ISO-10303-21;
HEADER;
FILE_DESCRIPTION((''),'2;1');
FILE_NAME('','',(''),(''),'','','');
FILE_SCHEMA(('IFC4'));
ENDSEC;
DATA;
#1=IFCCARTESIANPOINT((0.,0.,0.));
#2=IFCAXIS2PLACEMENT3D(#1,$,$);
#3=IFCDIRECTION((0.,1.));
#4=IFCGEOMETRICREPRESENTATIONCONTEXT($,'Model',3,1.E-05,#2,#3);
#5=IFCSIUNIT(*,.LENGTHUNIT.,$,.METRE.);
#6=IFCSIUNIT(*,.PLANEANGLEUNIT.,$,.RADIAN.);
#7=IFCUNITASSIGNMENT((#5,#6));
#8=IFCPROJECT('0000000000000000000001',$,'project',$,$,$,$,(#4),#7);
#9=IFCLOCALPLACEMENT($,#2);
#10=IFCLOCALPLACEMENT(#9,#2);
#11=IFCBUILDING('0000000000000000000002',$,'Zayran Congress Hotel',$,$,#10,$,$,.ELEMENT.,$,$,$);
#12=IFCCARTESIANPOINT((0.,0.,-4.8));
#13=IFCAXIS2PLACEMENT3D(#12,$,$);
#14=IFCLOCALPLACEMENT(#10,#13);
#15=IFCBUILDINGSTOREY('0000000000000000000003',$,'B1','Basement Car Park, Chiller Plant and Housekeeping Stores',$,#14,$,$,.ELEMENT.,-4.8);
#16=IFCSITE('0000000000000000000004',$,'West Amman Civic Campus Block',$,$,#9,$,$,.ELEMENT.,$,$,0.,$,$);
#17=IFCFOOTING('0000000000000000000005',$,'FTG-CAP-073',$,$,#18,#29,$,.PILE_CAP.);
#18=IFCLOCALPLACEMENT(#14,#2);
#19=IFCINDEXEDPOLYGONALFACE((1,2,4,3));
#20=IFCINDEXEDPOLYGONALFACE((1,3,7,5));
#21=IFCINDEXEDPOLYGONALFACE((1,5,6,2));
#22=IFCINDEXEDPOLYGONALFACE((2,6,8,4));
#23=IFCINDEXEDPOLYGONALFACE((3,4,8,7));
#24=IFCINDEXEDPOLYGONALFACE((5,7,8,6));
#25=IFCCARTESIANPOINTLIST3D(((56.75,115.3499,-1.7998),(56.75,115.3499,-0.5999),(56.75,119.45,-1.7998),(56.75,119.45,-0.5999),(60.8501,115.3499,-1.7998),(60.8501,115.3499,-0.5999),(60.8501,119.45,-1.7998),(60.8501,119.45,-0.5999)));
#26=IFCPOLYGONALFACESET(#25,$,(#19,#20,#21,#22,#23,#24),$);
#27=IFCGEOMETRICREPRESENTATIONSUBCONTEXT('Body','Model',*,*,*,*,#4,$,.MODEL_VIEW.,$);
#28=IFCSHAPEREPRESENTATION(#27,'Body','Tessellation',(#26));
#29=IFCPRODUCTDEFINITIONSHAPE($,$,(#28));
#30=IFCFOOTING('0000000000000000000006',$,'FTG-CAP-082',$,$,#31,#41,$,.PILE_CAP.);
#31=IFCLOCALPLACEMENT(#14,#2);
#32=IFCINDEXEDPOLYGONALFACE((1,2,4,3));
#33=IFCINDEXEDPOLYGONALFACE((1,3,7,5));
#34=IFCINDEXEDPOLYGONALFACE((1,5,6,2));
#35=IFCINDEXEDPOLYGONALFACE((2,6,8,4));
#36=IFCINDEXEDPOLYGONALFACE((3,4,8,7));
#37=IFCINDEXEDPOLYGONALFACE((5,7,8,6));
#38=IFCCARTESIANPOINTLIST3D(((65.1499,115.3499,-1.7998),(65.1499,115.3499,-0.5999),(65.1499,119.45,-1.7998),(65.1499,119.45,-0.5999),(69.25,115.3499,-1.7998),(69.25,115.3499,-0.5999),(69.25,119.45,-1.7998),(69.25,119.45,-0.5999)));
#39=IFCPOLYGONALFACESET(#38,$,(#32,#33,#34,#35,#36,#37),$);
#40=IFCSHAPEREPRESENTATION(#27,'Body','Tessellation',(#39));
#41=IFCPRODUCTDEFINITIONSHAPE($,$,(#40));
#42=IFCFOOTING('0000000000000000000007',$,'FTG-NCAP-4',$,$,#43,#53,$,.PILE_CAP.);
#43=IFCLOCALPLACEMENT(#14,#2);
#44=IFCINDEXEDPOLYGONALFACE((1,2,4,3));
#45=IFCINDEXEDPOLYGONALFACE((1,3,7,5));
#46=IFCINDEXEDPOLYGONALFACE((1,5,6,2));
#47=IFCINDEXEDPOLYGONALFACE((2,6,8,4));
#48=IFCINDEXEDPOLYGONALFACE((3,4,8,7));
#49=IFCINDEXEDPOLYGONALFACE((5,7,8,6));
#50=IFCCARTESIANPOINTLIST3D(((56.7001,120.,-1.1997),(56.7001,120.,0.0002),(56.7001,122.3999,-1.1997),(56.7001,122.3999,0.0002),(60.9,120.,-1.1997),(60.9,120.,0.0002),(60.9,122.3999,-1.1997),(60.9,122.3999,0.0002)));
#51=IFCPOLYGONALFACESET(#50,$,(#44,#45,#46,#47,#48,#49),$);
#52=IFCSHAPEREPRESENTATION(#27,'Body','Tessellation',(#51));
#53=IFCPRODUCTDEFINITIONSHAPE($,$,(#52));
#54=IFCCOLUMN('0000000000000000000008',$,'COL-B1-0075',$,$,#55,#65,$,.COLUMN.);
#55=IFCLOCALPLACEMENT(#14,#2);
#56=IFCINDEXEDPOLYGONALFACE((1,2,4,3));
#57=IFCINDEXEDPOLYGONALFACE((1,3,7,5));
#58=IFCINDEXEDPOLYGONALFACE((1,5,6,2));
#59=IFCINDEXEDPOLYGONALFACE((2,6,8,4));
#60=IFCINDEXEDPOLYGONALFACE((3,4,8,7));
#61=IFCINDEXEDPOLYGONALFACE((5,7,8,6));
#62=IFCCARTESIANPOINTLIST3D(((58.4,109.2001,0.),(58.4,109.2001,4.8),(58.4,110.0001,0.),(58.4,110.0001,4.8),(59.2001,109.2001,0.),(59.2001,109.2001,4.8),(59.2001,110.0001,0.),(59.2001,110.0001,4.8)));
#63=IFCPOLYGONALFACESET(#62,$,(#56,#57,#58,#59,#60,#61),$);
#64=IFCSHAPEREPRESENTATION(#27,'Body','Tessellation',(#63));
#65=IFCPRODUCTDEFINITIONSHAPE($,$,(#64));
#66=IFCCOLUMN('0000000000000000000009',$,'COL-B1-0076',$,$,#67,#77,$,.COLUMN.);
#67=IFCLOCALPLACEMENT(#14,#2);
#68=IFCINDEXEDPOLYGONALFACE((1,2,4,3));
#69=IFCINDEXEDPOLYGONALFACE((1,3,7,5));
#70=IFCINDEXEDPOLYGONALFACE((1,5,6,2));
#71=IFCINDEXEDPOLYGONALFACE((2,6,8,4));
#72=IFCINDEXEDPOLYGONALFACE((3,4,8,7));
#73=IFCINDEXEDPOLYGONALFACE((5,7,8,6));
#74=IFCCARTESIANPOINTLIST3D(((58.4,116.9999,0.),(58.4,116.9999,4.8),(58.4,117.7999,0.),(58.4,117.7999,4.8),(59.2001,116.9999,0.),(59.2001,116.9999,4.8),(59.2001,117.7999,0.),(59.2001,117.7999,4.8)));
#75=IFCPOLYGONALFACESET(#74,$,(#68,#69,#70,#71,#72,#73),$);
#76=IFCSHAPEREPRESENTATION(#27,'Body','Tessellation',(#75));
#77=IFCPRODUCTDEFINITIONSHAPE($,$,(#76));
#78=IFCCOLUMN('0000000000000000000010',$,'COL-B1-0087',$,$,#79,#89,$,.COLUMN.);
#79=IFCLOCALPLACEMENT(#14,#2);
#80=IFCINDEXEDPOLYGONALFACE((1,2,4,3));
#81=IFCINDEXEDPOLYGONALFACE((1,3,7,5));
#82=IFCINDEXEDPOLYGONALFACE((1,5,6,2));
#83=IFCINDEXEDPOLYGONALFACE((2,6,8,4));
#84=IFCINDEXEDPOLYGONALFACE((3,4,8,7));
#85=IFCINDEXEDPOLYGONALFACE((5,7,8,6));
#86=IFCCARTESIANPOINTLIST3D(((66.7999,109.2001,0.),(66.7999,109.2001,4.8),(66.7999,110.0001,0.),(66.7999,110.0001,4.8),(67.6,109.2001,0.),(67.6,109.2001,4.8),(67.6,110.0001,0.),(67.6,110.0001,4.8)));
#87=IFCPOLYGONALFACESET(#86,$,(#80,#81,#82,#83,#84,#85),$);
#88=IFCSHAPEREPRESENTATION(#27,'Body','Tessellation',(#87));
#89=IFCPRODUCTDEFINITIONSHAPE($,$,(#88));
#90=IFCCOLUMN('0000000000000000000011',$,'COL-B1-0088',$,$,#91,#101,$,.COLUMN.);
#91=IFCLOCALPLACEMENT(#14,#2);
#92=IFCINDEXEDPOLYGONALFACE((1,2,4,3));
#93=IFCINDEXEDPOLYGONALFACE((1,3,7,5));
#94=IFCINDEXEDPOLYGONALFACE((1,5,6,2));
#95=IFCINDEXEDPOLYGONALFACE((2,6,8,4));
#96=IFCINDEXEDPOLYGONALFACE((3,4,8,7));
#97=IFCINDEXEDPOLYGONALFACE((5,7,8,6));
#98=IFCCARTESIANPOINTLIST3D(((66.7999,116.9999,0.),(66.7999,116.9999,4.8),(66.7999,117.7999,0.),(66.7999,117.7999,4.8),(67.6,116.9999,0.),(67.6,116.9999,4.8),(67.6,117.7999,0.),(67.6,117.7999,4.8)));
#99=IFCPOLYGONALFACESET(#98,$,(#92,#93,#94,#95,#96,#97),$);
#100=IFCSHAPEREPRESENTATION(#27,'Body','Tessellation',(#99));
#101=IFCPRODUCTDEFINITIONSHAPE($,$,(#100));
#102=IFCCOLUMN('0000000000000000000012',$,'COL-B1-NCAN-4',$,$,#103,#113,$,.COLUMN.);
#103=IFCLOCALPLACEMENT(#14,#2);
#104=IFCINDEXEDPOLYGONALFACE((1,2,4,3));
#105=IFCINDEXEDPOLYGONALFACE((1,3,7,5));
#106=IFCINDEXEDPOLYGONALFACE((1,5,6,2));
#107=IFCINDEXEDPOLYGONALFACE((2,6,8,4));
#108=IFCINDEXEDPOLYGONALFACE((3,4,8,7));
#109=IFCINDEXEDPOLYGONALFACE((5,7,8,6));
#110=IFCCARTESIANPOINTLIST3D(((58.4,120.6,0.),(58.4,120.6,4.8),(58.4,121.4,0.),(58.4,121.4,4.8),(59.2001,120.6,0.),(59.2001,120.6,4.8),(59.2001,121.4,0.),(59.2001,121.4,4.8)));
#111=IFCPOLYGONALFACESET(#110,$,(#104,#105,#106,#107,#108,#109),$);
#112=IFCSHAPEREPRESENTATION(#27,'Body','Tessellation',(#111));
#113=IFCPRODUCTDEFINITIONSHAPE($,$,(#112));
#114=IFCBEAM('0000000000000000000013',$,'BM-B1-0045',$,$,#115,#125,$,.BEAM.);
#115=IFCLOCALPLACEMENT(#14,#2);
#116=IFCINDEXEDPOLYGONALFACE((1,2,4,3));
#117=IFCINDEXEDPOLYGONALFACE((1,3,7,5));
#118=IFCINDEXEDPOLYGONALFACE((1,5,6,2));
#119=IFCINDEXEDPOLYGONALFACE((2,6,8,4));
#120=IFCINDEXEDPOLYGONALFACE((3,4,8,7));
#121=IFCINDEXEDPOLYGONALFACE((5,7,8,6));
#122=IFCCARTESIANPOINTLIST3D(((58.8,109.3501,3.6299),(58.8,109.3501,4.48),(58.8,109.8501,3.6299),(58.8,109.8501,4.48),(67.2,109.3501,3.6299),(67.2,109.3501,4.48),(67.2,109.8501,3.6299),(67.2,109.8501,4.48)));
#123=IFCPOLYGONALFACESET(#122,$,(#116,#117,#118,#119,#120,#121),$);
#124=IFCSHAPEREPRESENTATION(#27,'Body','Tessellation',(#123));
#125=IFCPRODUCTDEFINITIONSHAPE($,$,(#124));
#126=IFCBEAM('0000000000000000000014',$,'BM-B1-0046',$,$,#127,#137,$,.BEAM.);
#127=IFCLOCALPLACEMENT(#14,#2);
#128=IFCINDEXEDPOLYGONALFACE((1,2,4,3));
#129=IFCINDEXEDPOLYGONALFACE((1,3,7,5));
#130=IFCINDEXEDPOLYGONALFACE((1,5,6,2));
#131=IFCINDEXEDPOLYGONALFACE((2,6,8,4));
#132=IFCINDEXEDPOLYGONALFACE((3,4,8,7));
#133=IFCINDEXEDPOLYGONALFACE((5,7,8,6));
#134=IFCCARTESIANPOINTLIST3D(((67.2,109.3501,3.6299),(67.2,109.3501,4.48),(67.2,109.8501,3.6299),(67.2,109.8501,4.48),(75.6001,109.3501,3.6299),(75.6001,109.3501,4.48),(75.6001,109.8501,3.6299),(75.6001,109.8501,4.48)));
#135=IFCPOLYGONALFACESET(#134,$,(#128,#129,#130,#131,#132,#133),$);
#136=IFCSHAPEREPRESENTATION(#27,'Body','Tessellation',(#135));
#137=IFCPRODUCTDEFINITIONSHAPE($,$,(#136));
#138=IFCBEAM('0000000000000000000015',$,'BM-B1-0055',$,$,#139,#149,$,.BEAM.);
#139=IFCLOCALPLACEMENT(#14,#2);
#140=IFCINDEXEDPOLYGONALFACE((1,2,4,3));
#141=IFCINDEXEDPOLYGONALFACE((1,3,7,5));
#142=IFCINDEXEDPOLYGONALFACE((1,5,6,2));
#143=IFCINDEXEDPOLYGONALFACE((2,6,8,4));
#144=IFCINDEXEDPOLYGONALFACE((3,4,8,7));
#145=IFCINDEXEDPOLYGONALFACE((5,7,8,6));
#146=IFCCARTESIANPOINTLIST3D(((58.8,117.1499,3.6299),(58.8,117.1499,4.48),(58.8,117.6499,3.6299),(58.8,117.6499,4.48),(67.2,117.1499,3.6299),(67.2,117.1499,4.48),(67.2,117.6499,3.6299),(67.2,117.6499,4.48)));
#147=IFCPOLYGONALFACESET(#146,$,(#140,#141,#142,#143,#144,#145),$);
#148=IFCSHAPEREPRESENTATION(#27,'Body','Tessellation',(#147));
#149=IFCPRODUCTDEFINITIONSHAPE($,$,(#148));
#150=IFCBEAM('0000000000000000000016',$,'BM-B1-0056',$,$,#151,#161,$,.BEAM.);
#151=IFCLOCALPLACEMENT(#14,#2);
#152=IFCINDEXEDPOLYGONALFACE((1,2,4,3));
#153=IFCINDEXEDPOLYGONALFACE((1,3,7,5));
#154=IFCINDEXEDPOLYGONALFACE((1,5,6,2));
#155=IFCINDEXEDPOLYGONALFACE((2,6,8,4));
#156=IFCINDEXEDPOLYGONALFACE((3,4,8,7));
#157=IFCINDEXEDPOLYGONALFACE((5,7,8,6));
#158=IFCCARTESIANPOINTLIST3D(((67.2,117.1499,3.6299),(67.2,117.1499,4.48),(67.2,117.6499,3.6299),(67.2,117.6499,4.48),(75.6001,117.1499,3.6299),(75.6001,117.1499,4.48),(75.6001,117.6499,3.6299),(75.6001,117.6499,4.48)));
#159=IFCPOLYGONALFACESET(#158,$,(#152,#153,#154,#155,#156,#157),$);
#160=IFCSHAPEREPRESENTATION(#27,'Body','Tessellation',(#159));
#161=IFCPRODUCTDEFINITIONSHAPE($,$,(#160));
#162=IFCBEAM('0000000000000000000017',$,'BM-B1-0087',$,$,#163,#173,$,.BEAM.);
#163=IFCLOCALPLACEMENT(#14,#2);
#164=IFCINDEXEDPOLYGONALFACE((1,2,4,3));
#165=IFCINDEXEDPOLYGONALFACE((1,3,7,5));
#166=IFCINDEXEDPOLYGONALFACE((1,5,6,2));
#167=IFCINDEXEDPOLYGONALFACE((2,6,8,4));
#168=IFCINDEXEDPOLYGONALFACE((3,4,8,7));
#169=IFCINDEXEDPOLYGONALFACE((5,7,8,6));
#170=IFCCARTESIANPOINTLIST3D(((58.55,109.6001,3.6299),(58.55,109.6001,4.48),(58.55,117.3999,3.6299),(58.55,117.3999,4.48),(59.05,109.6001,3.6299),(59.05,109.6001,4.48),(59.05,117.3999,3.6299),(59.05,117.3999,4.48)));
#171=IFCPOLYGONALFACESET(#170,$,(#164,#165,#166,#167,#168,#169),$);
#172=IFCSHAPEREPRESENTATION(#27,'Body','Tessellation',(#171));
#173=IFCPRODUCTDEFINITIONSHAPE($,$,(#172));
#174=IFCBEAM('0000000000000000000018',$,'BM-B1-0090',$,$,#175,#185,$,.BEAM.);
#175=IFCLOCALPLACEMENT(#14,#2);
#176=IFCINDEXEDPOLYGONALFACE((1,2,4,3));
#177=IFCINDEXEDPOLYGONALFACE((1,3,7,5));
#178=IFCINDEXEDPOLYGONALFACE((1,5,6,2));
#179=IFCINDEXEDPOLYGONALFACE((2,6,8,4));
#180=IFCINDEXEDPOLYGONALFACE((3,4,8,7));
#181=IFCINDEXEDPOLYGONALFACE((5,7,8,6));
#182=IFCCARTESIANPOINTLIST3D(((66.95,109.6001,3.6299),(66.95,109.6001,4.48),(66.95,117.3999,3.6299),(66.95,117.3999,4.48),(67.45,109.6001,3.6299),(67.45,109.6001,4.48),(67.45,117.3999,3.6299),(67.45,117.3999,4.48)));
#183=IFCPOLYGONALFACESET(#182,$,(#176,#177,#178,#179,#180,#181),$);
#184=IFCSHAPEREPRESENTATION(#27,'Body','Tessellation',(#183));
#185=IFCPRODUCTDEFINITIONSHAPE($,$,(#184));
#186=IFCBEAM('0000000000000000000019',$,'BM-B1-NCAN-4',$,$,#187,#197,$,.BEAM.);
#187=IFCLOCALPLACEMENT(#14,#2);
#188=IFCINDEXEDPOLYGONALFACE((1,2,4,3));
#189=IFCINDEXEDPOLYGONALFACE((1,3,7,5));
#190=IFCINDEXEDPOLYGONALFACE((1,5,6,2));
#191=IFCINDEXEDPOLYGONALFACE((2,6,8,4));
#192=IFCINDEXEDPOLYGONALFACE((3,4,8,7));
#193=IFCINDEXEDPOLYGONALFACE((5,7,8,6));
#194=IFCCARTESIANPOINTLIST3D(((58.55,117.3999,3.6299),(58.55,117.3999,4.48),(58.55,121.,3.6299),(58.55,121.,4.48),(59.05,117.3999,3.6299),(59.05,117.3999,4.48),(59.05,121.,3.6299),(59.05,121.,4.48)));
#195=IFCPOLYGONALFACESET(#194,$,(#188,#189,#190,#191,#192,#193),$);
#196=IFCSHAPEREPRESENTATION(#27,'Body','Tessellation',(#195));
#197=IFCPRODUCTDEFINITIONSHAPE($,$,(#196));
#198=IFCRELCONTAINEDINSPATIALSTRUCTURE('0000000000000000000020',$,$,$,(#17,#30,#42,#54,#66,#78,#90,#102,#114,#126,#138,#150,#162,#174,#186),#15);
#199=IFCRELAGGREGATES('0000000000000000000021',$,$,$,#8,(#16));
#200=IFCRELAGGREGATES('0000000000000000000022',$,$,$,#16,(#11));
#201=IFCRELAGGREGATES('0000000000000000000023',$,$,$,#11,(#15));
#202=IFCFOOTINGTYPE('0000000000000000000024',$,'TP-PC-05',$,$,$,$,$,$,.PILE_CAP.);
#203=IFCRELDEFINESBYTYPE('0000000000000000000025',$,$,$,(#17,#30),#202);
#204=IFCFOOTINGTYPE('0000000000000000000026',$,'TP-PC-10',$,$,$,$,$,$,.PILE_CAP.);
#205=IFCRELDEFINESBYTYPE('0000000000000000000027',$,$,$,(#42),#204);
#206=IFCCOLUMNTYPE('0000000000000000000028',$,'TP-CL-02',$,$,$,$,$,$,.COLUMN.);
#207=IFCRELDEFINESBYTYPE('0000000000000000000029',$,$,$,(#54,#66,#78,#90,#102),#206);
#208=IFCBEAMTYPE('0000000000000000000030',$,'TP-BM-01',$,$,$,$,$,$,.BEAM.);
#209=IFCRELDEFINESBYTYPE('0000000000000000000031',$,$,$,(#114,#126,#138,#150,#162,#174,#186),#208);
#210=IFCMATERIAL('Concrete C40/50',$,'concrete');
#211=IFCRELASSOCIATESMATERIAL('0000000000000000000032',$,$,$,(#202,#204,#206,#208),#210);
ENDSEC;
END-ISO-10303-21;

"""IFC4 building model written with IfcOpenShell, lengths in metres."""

from ifc_helpers import new_model, si_unit, direction, frame, origin, origin_2d, place, context, subcontext, project, spatial, rectangle, extrude, material, material_profile, profile_set, type_object, element, save


model = new_model("IFC4")

# Units and contexts
model_context = context("Model", 3, precision=1e-05, world=origin(), true_north=direction((0.0, 1.0)))
body_context = subcontext(model_context, "Body", "Model", "MODEL_VIEW")
ifc_project = project(units=[si_unit("LENGTHUNIT", "METRE"), si_unit("PLANEANGLEUNIT", "RADIAN")], contexts=[model_context])

# Site, building, storey
site_placement = place(None, origin())
site = spatial("IfcSite", under=ifc_project, at=site_placement, Name="West Amman Civic Campus Block", CompositionType="ELEMENT", RefElevation=0.0)
building_placement = place(site_placement, origin())
building = spatial("IfcBuilding", under=site, at=building_placement, Name="Zayran Congress Hotel", CompositionType="ELEMENT")
storey_placement = place(building_placement, frame((0.0, 0.0, -4.8)))
storey = spatial("IfcBuildingStorey", under=building, at=storey_placement, Name="B1", Description="Basement Car Park, Chiller Plant and Housekeeping Stores", CompositionType="ELEMENT", Elevation=-4.8)

# Shared definitions
ifc_material = material(Name="Concrete C40/50", Category="concrete")

# Footings
footing_type_1 = type_object("IfcFootingType", Name="TP-PC-05", PredefinedType="PILE_CAP", material=ifc_material)
for number, where, z_axis, x_axis, name in (
    (1, (58.8, 117.3999, -1.7998), (0.0, 0.0, 1.0), (1.0, 0.0, 0.0), "FTG-CAP-073"),
    (2, (67.2, 117.3999, -1.7998), (0.0, 0.0, 1.0), (1.0, 0.0, 0.0), "FTG-CAP-082"),
):
    element("IfcFooting", number, at=place(storey_placement, frame(where, z_axis=z_axis, x_axis=x_axis)), inside=storey, type_object=footing_type_1, Name=name, PredefinedType="PILE_CAP", context=body_context, shape_type="SweptSolid", body=[
        extrude(rectangle(XDim=4.1001, YDim=4.1001, at=origin_2d()), origin(), (0.0, 0.0, 1.0), 1.2),
    ])
footing_type_2 = type_object("IfcFootingType", Name="TP-PC-10", PredefinedType="PILE_CAP", material=ifc_material)
footing_1_placement = place(storey_placement, frame((58.8, 121.2, -1.1997), z_axis=(0.0, 0.0, 1.0), x_axis=(1.0, 0.0, 0.0)))
element("IfcFooting", 3, at=footing_1_placement, inside=storey, type_object=footing_type_2, Name="FTG-NCAP-4", PredefinedType="PILE_CAP", context=body_context, shape_type="SweptSolid", body=[
    extrude(rectangle(XDim=4.2, YDim=2.3999, at=origin_2d()), origin(), (0.0, 0.0, 1.0), 1.2),
])

# Columns
ifc_material_profile_1 = material_profile(ifc_material, rectangle(XDim=0.8, YDim=0.8, at=origin_2d()), Name="RC 800x800")
ifc_profile_set_1 = profile_set([ifc_material_profile_1], Name="Concrete C40/50")
column_type = type_object("IfcColumnType", Name="TP-CL-02", PredefinedType="COLUMN", material=ifc_profile_set_1)
for number, where, z_axis, x_axis, name in (
    (4, (58.8, 109.6001, 0.0), (0.0, 0.0, 1.0), (1.0, 0.0, 0.0), "COL-B1-0075"),
    (5, (58.8, 117.3999, 0.0), (0.0, 0.0, 1.0), (1.0, 0.0, 0.0), "COL-B1-0076"),
    (6, (67.2, 109.6001, 0.0), (0.0, 0.0, 1.0), (1.0, 0.0, 0.0), "COL-B1-0087"),
    (7, (67.2, 117.3999, 0.0), (0.0, 0.0, 1.0), (1.0, 0.0, 0.0), "COL-B1-0088"),
    (8, (58.8, 121.0, 0.0), (0.0, 0.0, 1.0), (1.0, 0.0, 0.0), "COL-B1-NCAN-4"),
):
    element("IfcColumn", number, at=place(storey_placement, frame(where, z_axis=z_axis, x_axis=x_axis)), inside=storey, type_object=column_type, Name=name, PredefinedType="COLUMN", context=body_context, shape_type="SweptSolid", body=[
        extrude(rectangle(XDim=0.8, YDim=0.8, at=origin_2d()), origin(), (0.0, 0.0, 1.0), 4.8),
    ])

# Beams
ifc_material_profile_2 = material_profile(ifc_material, rectangle(XDim=0.5, YDim=0.8501, at=origin_2d()), Name="RC 500x850")
ifc_profile_set_2 = profile_set([ifc_material_profile_2], Name="Concrete C40/50")
beam_type = type_object("IfcBeamType", Name="TP-BM-01", PredefinedType="BEAM", material=ifc_profile_set_2)
beam_1_placement = place(storey_placement, frame((58.8, 109.6001, 4.0549), z_axis=(1.0, 0.0, 0.0), x_axis=(0.0, 1.0, 0.0)))
element("IfcBeam", 9, at=beam_1_placement, inside=storey, type_object=beam_type, Name="BM-B1-0045", PredefinedType="BEAM", context=body_context, shape_type="SweptSolid", body=[
    extrude(rectangle(XDim=0.5, YDim=0.8501, at=origin_2d()), origin(), (0.0, 0.0, 1.0), 8.3999),
])
beam_2_placement = place(storey_placement, frame((67.2, 109.6001, 4.0549), z_axis=(1.0, 0.0, 0.0), x_axis=(0.0, 1.0, 0.0)))
element("IfcBeam", 10, at=beam_2_placement, inside=storey, type_object=beam_type, Name="BM-B1-0046", PredefinedType="BEAM", context=body_context, shape_type="SweptSolid", body=[
    extrude(rectangle(XDim=0.5, YDim=0.8501, at=origin_2d()), origin(), (0.0, 0.0, 1.0), 8.4001),
])
beam_3_placement = place(storey_placement, frame((58.8, 117.3999, 4.0549), z_axis=(1.0, 0.0, 0.0), x_axis=(0.0, 1.0, 0.0)))
element("IfcBeam", 11, at=beam_3_placement, inside=storey, type_object=beam_type, Name="BM-B1-0055", PredefinedType="BEAM", context=body_context, shape_type="SweptSolid", body=[
    extrude(rectangle(XDim=0.5, YDim=0.8501, at=origin_2d()), origin(), (0.0, 0.0, 1.0), 8.3999),
])
beam_4_placement = place(storey_placement, frame((67.2, 117.3999, 4.0549), z_axis=(1.0, 0.0, 0.0), x_axis=(0.0, 1.0, 0.0)))
element("IfcBeam", 12, at=beam_4_placement, inside=storey, type_object=beam_type, Name="BM-B1-0056", PredefinedType="BEAM", context=body_context, shape_type="SweptSolid", body=[
    extrude(rectangle(XDim=0.5, YDim=0.8501, at=origin_2d()), origin(), (0.0, 0.0, 1.0), 8.4001),
])
for number, where, z_axis, x_axis, name in (
    (13, (58.8, 109.6001, 4.0549), (0.0, 1.0, 0.0), (-1.0, 0.0, 0.0), "BM-B1-0087"),
    (14, (67.2, 109.6001, 4.0549), (0.0, 1.0, 0.0), (-1.0, 0.0, 0.0), "BM-B1-0090"),
):
    element("IfcBeam", number, at=place(storey_placement, frame(where, z_axis=z_axis, x_axis=x_axis)), inside=storey, type_object=beam_type, Name=name, PredefinedType="BEAM", context=body_context, shape_type="SweptSolid", body=[
        extrude(rectangle(XDim=0.5, YDim=0.8501, at=origin_2d()), origin(), (0.0, 0.0, 1.0), 7.7998),
    ])
beam_5_placement = place(storey_placement, frame((58.8, 117.3999, 4.0549), z_axis=(0.0, 1.0, 0.0), x_axis=(-1.0, 0.0, 0.0)))
element("IfcBeam", 15, at=beam_5_placement, inside=storey, type_object=beam_type, Name="BM-B1-NCAN-4", PredefinedType="BEAM", context=body_context, shape_type="SweptSolid", body=[
    extrude(rectangle(XDim=0.5, YDim=0.8501, at=origin_2d()), origin(), (0.0, 0.0, 1.0), 3.6001),
])

save(model, "model.ifc")
